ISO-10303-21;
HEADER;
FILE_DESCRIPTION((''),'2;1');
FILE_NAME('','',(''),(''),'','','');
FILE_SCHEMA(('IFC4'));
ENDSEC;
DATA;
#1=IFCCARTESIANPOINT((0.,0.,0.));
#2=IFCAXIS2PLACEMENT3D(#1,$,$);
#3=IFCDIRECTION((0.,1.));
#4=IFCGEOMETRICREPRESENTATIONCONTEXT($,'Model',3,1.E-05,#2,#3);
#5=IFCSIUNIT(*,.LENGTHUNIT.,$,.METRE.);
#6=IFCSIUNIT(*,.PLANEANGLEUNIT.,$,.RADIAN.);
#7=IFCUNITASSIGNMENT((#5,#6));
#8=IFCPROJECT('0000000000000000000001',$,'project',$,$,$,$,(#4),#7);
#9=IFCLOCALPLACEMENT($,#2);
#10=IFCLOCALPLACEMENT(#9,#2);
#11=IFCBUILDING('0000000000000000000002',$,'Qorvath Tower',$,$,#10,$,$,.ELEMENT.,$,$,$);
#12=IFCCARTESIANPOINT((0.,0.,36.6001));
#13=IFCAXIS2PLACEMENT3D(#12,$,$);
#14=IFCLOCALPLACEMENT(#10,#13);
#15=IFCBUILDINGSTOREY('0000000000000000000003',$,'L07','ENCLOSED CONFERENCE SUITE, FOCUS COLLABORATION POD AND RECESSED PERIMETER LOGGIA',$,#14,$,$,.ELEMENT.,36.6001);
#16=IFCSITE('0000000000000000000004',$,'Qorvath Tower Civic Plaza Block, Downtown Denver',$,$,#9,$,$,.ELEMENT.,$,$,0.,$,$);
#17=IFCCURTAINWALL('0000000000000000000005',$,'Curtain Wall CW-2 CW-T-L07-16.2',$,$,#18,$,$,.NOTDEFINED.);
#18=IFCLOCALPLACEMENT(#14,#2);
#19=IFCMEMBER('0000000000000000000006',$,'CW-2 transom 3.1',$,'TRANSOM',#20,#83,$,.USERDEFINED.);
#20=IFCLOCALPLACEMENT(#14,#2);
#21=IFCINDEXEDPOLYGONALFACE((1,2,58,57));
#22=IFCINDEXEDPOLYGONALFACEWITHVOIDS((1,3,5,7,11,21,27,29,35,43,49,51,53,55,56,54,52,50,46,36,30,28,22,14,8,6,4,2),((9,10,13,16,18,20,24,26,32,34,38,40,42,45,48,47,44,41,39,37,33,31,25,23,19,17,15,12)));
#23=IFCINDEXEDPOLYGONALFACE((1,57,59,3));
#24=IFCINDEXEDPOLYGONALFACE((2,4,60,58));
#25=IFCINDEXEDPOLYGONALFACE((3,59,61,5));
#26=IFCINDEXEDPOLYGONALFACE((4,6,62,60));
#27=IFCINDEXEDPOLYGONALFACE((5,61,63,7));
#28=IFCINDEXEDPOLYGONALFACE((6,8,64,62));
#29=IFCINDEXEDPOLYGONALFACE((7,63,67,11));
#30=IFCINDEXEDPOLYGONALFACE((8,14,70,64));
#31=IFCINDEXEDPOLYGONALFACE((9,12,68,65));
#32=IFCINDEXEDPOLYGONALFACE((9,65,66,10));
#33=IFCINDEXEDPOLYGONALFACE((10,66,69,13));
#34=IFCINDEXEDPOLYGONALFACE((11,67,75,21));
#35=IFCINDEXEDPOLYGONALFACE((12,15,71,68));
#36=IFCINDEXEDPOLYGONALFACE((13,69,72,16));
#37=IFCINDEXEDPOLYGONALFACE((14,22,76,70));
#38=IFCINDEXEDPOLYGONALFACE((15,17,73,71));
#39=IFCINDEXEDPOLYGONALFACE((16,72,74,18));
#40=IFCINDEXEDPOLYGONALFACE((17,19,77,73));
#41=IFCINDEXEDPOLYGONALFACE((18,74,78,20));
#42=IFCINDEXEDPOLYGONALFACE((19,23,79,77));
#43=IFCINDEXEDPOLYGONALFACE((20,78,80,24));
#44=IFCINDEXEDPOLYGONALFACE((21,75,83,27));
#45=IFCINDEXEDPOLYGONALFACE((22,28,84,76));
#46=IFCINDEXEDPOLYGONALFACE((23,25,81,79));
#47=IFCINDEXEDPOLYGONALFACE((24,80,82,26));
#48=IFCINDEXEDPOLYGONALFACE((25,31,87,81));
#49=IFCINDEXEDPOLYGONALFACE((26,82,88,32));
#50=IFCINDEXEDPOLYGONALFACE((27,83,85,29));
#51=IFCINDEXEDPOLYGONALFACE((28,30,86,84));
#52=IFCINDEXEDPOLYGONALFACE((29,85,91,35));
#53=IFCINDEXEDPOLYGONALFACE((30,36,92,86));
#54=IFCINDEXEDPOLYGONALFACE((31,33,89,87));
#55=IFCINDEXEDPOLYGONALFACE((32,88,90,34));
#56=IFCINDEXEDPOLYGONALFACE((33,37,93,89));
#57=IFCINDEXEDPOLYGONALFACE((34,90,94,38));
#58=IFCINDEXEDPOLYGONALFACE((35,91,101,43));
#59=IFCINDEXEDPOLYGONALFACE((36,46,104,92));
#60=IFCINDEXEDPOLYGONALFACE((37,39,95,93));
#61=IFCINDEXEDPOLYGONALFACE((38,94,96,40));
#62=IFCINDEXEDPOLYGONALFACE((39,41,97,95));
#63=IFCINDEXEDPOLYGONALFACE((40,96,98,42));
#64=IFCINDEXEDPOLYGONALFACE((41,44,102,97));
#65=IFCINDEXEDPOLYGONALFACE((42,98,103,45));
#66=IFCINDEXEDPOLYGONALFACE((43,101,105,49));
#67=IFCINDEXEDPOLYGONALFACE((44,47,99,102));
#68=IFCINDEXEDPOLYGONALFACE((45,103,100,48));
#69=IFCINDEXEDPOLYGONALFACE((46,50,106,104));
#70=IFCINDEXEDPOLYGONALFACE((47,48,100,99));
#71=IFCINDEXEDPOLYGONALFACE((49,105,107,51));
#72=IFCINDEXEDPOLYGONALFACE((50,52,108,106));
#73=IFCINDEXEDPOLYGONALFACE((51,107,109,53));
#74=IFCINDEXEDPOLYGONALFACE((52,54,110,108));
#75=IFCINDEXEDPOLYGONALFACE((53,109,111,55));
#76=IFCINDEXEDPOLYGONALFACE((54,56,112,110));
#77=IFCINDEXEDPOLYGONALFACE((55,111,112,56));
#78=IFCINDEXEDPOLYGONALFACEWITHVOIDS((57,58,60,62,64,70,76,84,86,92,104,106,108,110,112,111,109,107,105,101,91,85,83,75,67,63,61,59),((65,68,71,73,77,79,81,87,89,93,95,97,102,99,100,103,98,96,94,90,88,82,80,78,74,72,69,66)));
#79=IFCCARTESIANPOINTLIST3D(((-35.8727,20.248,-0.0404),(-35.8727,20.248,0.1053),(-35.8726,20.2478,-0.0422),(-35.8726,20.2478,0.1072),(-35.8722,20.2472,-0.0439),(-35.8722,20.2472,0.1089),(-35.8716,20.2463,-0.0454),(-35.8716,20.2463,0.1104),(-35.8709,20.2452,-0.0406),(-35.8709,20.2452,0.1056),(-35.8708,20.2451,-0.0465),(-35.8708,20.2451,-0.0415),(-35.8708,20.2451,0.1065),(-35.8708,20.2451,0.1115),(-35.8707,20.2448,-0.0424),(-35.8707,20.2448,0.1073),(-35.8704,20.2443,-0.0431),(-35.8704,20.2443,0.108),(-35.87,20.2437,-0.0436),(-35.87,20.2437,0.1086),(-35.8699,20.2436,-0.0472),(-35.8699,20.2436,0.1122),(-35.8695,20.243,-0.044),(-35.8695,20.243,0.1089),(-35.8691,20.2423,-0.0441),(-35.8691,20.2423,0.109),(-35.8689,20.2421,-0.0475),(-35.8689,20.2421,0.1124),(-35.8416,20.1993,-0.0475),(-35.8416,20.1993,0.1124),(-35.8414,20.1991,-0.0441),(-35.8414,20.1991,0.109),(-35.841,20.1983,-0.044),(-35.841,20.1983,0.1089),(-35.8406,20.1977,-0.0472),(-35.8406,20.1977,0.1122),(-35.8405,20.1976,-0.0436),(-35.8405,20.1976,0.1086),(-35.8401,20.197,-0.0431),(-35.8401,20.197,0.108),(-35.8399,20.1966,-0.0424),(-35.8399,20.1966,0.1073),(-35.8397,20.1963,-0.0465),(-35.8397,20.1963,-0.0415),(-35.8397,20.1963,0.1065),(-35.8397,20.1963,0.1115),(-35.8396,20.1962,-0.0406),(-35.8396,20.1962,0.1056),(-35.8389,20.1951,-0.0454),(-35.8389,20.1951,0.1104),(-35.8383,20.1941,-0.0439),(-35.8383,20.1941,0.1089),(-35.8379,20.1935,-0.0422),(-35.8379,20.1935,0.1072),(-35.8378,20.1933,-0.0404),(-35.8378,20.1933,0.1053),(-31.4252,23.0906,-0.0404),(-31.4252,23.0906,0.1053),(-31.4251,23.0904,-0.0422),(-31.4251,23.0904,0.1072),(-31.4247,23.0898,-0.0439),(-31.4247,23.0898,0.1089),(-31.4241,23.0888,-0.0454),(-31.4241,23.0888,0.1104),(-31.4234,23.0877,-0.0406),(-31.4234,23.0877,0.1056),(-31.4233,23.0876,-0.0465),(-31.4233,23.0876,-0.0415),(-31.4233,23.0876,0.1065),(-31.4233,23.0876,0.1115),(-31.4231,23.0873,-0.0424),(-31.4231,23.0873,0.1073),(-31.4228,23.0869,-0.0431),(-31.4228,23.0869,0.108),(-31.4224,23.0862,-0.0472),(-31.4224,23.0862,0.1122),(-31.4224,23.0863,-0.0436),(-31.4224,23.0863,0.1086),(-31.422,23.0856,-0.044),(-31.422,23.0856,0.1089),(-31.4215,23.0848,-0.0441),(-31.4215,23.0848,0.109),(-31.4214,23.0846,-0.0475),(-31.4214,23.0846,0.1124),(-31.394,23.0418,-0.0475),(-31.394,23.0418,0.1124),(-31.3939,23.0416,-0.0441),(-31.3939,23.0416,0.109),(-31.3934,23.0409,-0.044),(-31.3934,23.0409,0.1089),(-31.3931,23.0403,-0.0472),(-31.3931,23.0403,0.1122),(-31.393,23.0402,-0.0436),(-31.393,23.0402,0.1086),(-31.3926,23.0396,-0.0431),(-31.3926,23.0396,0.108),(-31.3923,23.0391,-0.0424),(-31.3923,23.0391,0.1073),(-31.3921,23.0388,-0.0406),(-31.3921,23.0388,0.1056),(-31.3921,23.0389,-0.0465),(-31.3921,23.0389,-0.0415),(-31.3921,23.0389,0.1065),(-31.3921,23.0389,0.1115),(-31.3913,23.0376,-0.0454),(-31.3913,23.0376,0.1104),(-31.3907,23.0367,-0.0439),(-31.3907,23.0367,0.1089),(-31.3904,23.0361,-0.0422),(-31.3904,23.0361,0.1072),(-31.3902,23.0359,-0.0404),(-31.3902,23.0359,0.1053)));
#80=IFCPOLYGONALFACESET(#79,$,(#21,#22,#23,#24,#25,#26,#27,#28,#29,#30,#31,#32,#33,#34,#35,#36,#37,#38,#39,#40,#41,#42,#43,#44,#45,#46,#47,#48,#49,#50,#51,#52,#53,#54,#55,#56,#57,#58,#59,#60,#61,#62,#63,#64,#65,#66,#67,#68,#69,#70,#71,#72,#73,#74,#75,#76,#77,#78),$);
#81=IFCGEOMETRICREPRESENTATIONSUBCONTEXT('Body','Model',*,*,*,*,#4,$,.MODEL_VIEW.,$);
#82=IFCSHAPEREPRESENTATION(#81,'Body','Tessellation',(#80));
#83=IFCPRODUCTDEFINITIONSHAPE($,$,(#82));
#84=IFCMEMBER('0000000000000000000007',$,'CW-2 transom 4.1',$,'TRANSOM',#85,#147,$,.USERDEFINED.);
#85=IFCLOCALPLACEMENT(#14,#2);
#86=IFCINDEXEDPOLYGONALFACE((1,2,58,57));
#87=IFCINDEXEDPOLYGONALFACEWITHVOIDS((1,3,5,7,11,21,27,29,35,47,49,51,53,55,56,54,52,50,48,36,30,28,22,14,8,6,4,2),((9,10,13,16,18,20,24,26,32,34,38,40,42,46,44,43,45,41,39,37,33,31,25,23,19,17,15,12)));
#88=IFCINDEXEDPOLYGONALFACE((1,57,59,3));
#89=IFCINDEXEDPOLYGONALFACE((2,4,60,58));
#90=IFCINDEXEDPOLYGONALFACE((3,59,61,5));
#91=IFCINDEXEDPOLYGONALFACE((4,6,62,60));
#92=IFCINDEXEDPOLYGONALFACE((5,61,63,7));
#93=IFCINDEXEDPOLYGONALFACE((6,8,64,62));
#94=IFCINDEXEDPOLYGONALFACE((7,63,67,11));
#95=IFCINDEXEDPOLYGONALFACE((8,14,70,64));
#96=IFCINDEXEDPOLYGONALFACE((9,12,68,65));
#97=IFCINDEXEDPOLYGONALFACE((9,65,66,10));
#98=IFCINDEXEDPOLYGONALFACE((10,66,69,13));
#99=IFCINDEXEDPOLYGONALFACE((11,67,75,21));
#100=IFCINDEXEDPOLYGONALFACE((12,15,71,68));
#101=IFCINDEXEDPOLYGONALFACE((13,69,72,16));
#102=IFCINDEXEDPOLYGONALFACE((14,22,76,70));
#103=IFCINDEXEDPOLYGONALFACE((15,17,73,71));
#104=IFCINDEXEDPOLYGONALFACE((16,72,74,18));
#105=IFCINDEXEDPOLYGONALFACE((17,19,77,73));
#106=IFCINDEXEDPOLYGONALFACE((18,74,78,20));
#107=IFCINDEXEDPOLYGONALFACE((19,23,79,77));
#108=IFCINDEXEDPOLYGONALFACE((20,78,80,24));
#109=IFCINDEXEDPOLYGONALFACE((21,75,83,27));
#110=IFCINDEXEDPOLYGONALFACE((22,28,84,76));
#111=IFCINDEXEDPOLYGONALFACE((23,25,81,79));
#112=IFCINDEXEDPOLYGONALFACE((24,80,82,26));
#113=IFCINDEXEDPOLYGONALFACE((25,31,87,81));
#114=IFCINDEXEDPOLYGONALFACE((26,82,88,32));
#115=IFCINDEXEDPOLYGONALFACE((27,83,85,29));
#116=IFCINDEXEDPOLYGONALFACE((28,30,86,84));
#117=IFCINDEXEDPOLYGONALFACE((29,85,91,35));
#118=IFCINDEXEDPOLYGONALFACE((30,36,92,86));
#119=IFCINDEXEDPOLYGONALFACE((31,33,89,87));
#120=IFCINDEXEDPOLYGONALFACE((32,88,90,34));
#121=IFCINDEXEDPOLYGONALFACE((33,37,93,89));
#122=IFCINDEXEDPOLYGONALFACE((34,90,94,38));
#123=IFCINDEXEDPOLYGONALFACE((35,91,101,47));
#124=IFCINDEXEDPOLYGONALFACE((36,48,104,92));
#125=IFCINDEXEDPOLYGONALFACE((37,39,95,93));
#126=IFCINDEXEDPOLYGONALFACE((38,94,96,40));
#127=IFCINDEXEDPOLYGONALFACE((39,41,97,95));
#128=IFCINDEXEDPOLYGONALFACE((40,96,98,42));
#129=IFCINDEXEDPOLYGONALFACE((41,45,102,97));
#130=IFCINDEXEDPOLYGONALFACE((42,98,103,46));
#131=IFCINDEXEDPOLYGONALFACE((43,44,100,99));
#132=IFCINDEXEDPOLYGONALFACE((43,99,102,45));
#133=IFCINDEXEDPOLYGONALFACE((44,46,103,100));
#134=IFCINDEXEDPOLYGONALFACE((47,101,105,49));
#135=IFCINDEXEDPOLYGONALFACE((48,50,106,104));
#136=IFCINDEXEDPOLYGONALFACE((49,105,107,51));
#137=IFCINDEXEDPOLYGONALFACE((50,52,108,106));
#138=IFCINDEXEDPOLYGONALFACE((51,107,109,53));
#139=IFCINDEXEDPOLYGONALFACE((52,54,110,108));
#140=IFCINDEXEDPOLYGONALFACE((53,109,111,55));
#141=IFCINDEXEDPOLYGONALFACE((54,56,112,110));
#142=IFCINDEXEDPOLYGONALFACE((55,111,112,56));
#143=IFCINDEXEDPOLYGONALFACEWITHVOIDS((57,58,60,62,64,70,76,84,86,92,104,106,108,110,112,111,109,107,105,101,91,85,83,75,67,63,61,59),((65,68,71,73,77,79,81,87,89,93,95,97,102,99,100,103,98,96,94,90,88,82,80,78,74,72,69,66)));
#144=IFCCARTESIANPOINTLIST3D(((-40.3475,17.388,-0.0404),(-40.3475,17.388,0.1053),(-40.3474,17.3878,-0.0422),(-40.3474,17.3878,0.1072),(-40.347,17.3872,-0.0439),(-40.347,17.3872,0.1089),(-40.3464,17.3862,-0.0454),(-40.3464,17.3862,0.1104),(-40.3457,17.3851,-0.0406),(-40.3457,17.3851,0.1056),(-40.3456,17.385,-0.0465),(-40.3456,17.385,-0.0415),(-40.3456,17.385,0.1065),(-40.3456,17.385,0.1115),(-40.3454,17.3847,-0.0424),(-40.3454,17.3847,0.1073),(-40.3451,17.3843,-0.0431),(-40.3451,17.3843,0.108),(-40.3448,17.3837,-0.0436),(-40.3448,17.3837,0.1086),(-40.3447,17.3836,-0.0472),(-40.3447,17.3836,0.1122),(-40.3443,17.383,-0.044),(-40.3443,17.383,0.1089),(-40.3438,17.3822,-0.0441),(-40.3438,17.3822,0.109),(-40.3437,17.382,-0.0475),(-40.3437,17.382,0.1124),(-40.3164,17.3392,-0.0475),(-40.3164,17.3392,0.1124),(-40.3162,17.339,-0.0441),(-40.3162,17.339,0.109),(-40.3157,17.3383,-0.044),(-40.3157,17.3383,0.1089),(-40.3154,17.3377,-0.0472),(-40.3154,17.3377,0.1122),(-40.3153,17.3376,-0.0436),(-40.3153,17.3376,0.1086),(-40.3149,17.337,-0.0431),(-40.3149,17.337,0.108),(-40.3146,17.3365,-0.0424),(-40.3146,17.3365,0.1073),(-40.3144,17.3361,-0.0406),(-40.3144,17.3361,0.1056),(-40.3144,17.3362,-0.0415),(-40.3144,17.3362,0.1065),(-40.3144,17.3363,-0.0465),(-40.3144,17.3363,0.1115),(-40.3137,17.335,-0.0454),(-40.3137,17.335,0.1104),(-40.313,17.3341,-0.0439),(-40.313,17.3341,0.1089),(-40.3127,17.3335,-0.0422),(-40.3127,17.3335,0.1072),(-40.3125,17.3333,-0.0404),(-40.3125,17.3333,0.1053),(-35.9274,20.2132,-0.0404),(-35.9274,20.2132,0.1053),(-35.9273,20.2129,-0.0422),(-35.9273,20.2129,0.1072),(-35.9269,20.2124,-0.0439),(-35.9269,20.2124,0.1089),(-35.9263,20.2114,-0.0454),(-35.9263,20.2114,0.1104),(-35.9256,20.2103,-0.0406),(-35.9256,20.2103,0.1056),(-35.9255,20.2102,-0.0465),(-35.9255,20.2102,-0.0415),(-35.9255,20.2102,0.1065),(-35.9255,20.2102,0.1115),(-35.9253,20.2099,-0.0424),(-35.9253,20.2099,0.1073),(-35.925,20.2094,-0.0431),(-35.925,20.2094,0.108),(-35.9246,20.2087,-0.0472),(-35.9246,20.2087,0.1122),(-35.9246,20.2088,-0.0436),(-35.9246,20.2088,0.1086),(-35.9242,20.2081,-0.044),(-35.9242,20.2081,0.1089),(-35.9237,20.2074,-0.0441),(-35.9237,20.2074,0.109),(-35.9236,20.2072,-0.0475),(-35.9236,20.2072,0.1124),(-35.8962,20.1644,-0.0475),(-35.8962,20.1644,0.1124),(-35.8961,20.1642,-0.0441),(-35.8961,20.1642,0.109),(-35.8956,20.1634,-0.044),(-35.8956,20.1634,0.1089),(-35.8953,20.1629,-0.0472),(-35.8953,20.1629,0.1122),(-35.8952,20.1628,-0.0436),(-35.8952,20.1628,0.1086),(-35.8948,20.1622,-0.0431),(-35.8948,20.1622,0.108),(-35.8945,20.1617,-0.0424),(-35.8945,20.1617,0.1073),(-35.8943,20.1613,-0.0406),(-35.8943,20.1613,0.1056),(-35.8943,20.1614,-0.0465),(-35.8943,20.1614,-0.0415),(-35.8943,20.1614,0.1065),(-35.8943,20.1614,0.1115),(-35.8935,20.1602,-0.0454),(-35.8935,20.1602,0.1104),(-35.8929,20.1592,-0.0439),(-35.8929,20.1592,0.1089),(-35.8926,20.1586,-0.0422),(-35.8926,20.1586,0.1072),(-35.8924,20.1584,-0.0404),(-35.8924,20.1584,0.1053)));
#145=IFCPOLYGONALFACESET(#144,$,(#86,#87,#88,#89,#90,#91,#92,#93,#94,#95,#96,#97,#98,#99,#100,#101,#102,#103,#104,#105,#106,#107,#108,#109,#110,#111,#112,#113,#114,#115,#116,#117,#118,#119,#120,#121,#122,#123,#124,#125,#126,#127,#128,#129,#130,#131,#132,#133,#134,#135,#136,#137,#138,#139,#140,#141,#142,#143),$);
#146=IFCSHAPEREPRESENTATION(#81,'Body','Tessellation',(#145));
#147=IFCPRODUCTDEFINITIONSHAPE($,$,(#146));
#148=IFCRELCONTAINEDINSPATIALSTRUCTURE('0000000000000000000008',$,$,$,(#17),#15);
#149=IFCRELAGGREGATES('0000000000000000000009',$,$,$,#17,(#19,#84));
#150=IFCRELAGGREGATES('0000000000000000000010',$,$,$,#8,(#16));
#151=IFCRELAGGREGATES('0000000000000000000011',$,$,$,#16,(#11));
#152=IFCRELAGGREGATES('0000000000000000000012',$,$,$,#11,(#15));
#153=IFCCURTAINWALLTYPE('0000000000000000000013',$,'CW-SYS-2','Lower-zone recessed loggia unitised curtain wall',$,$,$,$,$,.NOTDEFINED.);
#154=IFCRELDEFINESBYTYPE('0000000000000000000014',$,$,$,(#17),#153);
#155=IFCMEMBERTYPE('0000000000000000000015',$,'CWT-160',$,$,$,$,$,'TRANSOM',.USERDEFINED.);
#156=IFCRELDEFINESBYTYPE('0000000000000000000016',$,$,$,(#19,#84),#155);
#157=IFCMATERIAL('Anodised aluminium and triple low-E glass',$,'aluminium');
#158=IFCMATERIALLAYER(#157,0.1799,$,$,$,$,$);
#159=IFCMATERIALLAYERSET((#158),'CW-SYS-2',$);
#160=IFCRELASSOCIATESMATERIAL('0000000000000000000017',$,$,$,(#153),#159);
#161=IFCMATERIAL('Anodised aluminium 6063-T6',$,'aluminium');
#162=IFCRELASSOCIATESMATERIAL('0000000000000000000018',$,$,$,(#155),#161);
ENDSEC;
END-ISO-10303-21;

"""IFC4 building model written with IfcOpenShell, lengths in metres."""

from ifc_helpers import new_model, si_unit, direction, frame, origin, origin_2d, place, context, subcontext, project, spatial, hollow_rectangle, extrude, material, layer, layer_set, material_profile, profile_set, type_object, element, aggregate, save


model = new_model("IFC4")

# Units and contexts
model_context = context("Model", 3, precision=1e-05, world=origin(), true_north=direction((0.0, 1.0)))
body_context = subcontext(model_context, "Body", "Model", "MODEL_VIEW")
ifc_project = project(units=[si_unit("LENGTHUNIT", "METRE"), si_unit("PLANEANGLEUNIT", "RADIAN")], contexts=[model_context])

# Site, building, storey
site_placement = place(None, origin())
site = spatial("IfcSite", under=ifc_project, at=site_placement, Name="Qorvath Tower Civic Plaza Block, Downtown Denver", CompositionType="ELEMENT", RefElevation=0.0)
building_placement = place(site_placement, origin())
building = spatial("IfcBuilding", under=site, at=building_placement, Name="Qorvath Tower", CompositionType="ELEMENT")
storey_placement = place(building_placement, frame((0.0, 0.0, 36.6001)))
storey = spatial("IfcBuildingStorey", under=building, at=storey_placement, Name="L07", Description="ENCLOSED CONFERENCE SUITE, FOCUS COLLABORATION POD AND RECESSED PERIMETER LOGGIA", CompositionType="ELEMENT", Elevation=36.6001)

# Curtain wall, members
ifc_material_1 = material(Name="Anodised aluminium and triple low-E glass", Category="aluminium")
ifc_layer_1 = layer(ifc_material_1, 0.1799)
ifc_layer_set_1 = layer_set([ifc_layer_1], Name="CW-SYS-2")
curtain_wall_type = type_object("IfcCurtainWallType", Name="CW-SYS-2", Description="Lower-zone recessed loggia unitised curtain wall", PredefinedType="NOTDEFINED", material=ifc_layer_set_1)
curtain_wall_placement = place(storey_placement, origin())
curtain_wall = element("IfcCurtainWall", 1, at=curtain_wall_placement, inside=storey, type_object=curtain_wall_type, Name="Curtain Wall CW-2 CW-T-L07-16.2", PredefinedType="NOTDEFINED")
ifc_material_2 = material(Name="Anodised aluminium 6063-T6", Category="aluminium")
ifc_material_profile_1 = material_profile(ifc_material_2, hollow_rectangle(XDim=0.0649, YDim=0.1599, WallThickness=0.0034, InnerFilletRadius=0.0034, OuterFilletRadius=0.0071, at=origin_2d()), Name="CWT 160x65")
ifc_profile_set_1 = profile_set([ifc_material_profile_1], Name="Anodised aluminium 6063-T6")
member_type_1 = type_object("IfcMemberType", Name="CWT-160", ElementType="TRANSOM", PredefinedType="USERDEFINED", material=ifc_profile_set_1)
member_1_placement = place(storey_placement, frame((-31.4077, 23.0632, 0.0325), z_axis=(-0.842605, -0.538533, 0.0), x_axis=(0.538533, -0.842605, 0.0)))
member_1 = element("IfcMember", 2, at=member_1_placement, type_object=member_type_1, Name="CW-2 transom 3.1", ObjectType="TRANSOM", PredefinedType="USERDEFINED", context=body_context, shape_type="SweptSolid", body=[
    extrude(hollow_rectangle(XDim=0.0649, YDim=0.1599, WallThickness=0.0034, InnerFilletRadius=0.0034, OuterFilletRadius=0.0071, at=origin_2d()), origin(), (0.0, 0.0, 1.0), 5.2783),
])
member_2_placement = place(storey_placement, frame((-35.9099, 20.1858, 0.0325), z_axis=(-0.842592, -0.538552, 0.0), x_axis=(0.538552, -0.842592, 0.0)))
member_2 = element("IfcMember", 3, at=member_2_placement, type_object=member_type_1, Name="CW-2 transom 4.1", ObjectType="TRANSOM", PredefinedType="USERDEFINED", context=body_context, shape_type="SweptSolid", body=[
    extrude(hollow_rectangle(XDim=0.0649, YDim=0.1599, WallThickness=0.0034, InnerFilletRadius=0.0034, OuterFilletRadius=0.0071, at=origin_2d()), origin(), (0.0, 0.0, 1.0), 5.2458),
])
aggregate(curtain_wall, [member_1, member_2])

save(model, "model.ifc")
